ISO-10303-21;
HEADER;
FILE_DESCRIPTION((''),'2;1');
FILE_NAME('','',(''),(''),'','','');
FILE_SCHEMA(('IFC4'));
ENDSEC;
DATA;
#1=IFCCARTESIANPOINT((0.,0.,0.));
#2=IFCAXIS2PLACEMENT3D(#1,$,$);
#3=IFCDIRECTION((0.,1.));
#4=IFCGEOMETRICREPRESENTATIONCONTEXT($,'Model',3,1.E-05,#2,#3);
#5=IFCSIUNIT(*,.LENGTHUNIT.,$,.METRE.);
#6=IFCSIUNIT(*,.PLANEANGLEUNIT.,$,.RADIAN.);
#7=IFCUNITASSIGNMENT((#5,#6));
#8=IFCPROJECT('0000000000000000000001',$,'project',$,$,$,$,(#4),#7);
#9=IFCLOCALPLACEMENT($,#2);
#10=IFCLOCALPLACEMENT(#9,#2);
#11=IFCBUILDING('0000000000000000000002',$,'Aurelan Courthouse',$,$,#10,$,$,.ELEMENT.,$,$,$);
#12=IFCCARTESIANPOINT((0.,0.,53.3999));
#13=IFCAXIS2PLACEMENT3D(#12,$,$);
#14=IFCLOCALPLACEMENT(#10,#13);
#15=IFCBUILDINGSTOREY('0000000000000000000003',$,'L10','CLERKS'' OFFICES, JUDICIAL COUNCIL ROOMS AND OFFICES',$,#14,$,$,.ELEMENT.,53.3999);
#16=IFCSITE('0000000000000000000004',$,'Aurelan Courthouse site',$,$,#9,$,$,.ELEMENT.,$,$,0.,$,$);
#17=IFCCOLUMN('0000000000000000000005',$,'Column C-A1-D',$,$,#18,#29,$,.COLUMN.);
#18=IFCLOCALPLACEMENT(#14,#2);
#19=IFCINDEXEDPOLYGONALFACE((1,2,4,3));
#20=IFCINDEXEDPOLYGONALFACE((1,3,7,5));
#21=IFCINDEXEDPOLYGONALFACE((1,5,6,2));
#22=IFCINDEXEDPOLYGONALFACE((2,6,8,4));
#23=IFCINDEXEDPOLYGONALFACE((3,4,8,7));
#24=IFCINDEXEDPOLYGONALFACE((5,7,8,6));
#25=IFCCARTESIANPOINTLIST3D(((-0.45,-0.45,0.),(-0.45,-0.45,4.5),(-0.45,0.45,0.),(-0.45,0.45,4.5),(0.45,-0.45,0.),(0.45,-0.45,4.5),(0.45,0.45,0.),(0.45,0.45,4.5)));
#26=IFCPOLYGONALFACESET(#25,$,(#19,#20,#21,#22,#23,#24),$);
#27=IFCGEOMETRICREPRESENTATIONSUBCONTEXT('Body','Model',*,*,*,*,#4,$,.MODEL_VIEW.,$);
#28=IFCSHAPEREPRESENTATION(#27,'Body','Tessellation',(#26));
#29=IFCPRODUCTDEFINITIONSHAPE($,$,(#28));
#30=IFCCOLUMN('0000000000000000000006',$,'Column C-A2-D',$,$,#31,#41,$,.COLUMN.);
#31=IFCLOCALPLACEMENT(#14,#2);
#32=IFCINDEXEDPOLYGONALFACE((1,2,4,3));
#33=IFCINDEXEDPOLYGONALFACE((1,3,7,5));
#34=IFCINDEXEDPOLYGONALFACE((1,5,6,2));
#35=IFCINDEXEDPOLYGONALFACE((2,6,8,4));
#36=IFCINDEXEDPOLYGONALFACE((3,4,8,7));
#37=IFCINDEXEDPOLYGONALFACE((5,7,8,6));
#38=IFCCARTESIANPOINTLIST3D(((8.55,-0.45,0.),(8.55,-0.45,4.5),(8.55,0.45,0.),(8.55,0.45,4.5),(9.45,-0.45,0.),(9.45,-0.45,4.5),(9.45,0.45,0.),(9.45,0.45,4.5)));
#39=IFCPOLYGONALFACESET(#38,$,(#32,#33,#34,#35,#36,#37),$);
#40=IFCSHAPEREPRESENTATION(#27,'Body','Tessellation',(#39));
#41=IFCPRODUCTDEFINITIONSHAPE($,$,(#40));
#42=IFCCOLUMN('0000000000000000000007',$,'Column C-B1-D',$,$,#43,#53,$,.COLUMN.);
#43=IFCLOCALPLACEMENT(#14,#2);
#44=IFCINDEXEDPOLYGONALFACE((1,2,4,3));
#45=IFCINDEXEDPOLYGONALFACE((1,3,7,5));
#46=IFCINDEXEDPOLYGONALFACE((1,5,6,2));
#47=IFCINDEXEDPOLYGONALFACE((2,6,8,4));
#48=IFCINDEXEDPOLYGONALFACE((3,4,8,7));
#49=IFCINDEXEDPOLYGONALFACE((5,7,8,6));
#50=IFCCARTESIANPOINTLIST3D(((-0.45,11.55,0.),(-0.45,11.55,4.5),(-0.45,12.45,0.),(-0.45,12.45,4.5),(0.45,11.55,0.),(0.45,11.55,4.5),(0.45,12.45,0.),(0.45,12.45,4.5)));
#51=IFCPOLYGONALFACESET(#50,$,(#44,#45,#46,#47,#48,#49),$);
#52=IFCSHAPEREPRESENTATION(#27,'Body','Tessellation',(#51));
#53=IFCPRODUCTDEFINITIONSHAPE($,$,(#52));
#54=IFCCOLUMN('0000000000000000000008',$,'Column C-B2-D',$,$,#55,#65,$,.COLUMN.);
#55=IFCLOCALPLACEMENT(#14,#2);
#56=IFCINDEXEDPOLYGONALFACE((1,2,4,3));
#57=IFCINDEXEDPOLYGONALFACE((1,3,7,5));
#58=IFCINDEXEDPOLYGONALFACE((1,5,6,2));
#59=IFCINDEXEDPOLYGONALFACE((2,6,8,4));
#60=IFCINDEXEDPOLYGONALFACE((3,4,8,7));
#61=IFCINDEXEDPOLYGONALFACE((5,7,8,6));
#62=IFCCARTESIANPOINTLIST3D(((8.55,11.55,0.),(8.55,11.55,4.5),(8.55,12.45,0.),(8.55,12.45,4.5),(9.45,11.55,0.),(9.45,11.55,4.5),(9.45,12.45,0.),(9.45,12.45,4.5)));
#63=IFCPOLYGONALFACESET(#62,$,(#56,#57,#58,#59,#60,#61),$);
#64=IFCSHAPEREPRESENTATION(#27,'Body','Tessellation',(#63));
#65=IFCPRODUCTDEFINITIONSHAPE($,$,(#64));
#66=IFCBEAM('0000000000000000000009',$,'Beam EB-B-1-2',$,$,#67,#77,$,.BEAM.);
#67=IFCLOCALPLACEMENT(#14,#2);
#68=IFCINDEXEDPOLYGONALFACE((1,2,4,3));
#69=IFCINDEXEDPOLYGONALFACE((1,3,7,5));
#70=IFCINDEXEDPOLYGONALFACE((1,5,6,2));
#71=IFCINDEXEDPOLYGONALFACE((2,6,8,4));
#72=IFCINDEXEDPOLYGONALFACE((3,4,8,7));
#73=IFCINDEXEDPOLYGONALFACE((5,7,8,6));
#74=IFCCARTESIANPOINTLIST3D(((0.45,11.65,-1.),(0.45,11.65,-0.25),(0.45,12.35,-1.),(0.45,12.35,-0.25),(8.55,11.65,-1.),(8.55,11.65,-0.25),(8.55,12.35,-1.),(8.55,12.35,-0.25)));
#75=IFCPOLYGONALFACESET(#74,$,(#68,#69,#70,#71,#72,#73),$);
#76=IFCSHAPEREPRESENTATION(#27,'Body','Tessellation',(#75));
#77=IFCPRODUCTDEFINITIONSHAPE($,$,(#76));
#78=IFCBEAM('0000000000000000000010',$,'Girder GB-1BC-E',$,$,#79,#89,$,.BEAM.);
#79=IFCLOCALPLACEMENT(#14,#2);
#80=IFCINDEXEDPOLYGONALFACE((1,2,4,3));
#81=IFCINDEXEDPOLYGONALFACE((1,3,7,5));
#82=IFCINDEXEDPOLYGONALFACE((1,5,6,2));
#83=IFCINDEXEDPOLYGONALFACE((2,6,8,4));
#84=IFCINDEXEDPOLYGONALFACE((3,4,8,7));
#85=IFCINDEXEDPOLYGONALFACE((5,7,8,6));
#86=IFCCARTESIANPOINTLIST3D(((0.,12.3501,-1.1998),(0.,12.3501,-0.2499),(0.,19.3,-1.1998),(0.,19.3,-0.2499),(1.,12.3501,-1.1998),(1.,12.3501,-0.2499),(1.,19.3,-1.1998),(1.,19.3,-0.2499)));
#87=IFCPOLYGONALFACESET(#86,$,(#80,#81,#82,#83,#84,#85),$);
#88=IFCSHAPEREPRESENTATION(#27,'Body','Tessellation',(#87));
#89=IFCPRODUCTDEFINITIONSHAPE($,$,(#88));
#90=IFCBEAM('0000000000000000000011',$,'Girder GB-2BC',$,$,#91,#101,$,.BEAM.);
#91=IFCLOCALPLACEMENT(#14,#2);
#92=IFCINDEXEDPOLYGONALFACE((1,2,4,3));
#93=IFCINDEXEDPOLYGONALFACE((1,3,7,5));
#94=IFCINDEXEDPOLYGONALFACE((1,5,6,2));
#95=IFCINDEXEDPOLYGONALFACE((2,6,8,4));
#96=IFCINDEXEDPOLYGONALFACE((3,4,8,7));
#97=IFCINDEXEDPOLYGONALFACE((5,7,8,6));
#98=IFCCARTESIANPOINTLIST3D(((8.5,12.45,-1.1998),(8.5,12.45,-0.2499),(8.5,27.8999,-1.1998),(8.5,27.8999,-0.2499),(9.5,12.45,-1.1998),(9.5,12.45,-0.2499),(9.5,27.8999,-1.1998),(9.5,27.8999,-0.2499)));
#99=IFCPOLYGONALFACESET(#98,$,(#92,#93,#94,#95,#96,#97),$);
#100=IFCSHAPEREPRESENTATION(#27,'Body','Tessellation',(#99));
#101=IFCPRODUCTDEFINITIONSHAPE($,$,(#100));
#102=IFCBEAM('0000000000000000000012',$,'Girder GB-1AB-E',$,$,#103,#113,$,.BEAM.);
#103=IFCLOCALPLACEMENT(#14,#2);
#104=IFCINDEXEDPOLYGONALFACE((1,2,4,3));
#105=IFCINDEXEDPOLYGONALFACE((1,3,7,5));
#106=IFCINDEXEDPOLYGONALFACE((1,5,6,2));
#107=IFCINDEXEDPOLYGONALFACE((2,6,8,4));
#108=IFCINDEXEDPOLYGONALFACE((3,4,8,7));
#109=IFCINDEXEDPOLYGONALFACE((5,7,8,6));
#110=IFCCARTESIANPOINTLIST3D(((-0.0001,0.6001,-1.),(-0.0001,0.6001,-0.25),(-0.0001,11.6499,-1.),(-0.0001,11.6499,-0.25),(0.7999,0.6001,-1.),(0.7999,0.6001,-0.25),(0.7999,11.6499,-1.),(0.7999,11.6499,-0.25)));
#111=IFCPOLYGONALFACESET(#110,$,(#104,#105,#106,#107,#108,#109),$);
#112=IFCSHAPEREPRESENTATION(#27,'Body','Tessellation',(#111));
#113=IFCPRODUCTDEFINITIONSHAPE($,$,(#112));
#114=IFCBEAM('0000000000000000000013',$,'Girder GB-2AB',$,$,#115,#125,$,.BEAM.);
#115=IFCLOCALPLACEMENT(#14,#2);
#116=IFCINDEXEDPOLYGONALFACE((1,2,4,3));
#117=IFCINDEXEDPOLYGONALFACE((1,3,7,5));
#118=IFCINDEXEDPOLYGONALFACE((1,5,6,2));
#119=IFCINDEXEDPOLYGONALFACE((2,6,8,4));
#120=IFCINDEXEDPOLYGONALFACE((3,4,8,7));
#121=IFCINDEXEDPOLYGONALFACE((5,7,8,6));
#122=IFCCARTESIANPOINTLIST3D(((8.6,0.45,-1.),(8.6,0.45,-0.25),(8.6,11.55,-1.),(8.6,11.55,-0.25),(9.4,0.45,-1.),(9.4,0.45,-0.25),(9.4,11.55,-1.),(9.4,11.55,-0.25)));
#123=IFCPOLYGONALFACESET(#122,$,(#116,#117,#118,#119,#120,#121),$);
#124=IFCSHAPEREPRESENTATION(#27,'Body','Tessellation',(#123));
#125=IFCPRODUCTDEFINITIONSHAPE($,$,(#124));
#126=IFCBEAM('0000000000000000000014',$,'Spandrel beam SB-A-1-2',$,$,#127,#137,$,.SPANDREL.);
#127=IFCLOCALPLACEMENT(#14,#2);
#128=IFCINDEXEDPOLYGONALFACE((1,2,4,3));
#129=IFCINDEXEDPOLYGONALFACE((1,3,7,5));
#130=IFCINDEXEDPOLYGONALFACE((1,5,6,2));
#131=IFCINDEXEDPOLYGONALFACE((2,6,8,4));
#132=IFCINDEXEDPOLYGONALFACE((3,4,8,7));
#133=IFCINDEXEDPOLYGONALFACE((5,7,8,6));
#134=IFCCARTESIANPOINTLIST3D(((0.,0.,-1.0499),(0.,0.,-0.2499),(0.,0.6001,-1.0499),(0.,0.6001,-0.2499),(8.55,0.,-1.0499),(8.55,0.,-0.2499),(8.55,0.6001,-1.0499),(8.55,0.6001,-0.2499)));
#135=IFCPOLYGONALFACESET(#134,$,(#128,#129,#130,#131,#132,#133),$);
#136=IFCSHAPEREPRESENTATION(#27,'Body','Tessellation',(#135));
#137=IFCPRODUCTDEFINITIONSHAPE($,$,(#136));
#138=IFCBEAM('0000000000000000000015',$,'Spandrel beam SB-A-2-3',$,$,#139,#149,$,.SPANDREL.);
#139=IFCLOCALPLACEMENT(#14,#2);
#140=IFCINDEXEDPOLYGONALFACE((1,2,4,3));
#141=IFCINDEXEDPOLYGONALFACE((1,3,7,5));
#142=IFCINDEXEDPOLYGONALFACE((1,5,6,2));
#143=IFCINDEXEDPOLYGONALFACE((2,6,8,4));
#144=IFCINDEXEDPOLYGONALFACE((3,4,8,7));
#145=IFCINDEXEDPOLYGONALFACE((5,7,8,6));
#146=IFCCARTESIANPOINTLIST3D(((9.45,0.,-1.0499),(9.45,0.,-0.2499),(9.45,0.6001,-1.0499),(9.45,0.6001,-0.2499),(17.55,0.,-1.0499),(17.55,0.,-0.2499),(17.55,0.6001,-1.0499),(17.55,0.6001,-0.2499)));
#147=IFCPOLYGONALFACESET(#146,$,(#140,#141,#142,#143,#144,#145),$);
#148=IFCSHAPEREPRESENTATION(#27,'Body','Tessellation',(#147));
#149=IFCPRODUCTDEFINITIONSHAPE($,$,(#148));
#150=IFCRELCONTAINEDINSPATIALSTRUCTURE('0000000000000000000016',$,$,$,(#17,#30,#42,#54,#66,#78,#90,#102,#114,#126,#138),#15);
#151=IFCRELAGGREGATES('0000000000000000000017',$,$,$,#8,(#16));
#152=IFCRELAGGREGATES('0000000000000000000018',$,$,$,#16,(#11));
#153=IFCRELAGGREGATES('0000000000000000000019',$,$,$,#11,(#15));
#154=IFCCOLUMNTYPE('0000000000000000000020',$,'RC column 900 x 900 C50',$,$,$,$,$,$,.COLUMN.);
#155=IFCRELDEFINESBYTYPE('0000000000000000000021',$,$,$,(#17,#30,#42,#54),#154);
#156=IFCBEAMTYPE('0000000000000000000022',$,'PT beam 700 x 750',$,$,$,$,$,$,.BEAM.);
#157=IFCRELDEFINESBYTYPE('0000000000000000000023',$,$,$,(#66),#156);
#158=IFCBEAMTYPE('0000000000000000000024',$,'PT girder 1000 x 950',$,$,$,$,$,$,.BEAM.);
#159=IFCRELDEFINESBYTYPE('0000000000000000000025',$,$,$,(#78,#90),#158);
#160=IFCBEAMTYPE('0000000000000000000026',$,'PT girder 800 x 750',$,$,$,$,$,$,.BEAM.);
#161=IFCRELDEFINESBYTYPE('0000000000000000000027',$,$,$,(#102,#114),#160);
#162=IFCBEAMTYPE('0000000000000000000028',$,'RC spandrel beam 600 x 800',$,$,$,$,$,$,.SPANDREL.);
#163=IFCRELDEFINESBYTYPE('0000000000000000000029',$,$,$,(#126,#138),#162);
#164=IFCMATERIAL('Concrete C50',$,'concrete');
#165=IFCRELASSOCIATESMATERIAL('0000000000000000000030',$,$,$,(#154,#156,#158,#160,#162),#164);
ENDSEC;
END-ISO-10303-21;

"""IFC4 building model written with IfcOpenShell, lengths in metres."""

from ifc_helpers import new_model, si_unit, direction, frame, origin, origin_2d, place, context, subcontext, project, spatial, rectangle, extrude, material, material_profile, profile_set, type_object, element, save


model = new_model("IFC4")

# Units and contexts
model_context = context("Model", 3, precision=1e-05, world=origin(), true_north=direction((0.0, 1.0)))
body_context = subcontext(model_context, "Body", "Model", "MODEL_VIEW")
ifc_project = project(units=[si_unit("LENGTHUNIT", "METRE"), si_unit("PLANEANGLEUNIT", "RADIAN")], contexts=[model_context])

# Site, building, storey
site_placement = place(None, origin())
site = spatial("IfcSite", under=ifc_project, at=site_placement, Name="Aurelan Courthouse site", CompositionType="ELEMENT", RefElevation=0.0)
building_placement = place(site_placement, origin())
building = spatial("IfcBuilding", under=site, at=building_placement, Name="Aurelan Courthouse", CompositionType="ELEMENT")
storey_placement = place(building_placement, frame((0.0, 0.0, 53.3999)))
storey = spatial("IfcBuildingStorey", under=building, at=storey_placement, Name="L10", Description="CLERKS' OFFICES, JUDICIAL COUNCIL ROOMS AND OFFICES", CompositionType="ELEMENT", Elevation=53.3999)

# Columns
ifc_material_1 = material(Name="Concrete C50", Category="concrete")
ifc_material_profile_1 = material_profile(ifc_material_1, rectangle(XDim=0.8999, YDim=0.8999, at=origin_2d()), Name="RC 900 x 900")
ifc_profile_set_1 = profile_set([ifc_material_profile_1], Name="Concrete C50")
column_type = type_object("IfcColumnType", Name="RC column 900 x 900 C50", PredefinedType="COLUMN", material=ifc_profile_set_1)
for number, where, z_axis, x_axis, name in (
    (1, (0.0, 0.0, 0.0), (0.0, 0.0, 1.0), (1.0, 0.0, 0.0), "Column C-A1-D"),
    (2, (9.0, 0.0, 0.0), (0.0, 0.0, 1.0), (1.0, 0.0, 0.0), "Column C-A2-D"),
    (3, (0.0, 12.0, 0.0), (0.0, 0.0, 1.0), (1.0, 0.0, 0.0), "Column C-B1-D"),
    (4, (9.0, 12.0, 0.0), (0.0, 0.0, 1.0), (1.0, 0.0, 0.0), "Column C-B2-D"),
):
    element("IfcColumn", number, at=place(storey_placement, frame(where, z_axis=z_axis, x_axis=x_axis)), inside=storey, type_object=column_type, Name=name, PredefinedType="COLUMN", context=body_context, shape_type="SweptSolid", body=[
        extrude(rectangle(XDim=0.8999, YDim=0.8999, at=origin_2d()), origin(), (0.0, 0.0, 1.0), 4.5),
    ])

# Beams
ifc_material_profile_2 = material_profile(ifc_material_1, rectangle(XDim=0.7, YDim=0.75, at=origin_2d()), Name="RC 700 x 750")
ifc_profile_set_2 = profile_set([ifc_material_profile_2], Name="Concrete C50")
beam_type_1 = type_object("IfcBeamType", Name="PT beam 700 x 750", PredefinedType="BEAM", material=ifc_profile_set_2)
beam_1_placement = place(storey_placement, frame((0.45, 12.0, -0.625), z_axis=(1.0, 0.0, 0.0), x_axis=(0.0, 1.0, 0.0)))
element("IfcBeam", 5, at=beam_1_placement, inside=storey, type_object=beam_type_1, Name="Beam EB-B-1-2", PredefinedType="BEAM", context=body_context, shape_type="SweptSolid", body=[
    extrude(rectangle(XDim=0.7, YDim=0.75, at=origin_2d()), origin(), (0.0, 0.0, 1.0), 8.1001),
])
ifc_material_profile_3 = material_profile(ifc_material_1, rectangle(XDim=1.0, YDim=0.95, at=origin_2d()), Name="RC 1000 x 950")
ifc_profile_set_3 = profile_set([ifc_material_profile_3], Name="Concrete C50")
beam_type_2 = type_object("IfcBeamType", Name="PT girder 1000 x 950", PredefinedType="BEAM", material=ifc_profile_set_3)
beam_2_placement = place(storey_placement, frame((0.5, 12.3501, -0.7249), z_axis=(0.0, 1.0, 0.0), x_axis=(-1.0, 0.0, 0.0)))
element("IfcBeam", 6, at=beam_2_placement, inside=storey, type_object=beam_type_2, Name="Girder GB-1BC-E", PredefinedType="BEAM", context=body_context, shape_type="SweptSolid", body=[
    extrude(rectangle(XDim=1.0, YDim=0.95, at=origin_2d()), origin(), (0.0, 0.0, 1.0), 6.95),
])
beam_3_placement = place(storey_placement, frame((9.0, 12.45, -0.7249), z_axis=(0.0, 1.0, 0.0), x_axis=(-1.0, 0.0, 0.0)))
element("IfcBeam", 7, at=beam_3_placement, inside=storey, type_object=beam_type_2, Name="Girder GB-2BC", PredefinedType="BEAM", context=body_context, shape_type="SweptSolid", body=[
    extrude(rectangle(XDim=1.0, YDim=0.95, at=origin_2d()), origin(), (0.0, 0.0, 1.0), 15.45),
])
ifc_material_profile_4 = material_profile(ifc_material_1, rectangle(XDim=0.8, YDim=0.75, at=origin_2d()), Name="RC 800 x 750")
ifc_profile_set_4 = profile_set([ifc_material_profile_4], Name="Concrete C50")
beam_type_3 = type_object("IfcBeamType", Name="PT girder 800 x 750", PredefinedType="BEAM", material=ifc_profile_set_4)
beam_4_placement = place(storey_placement, frame((0.3999, 0.6001, -0.625), z_axis=(0.0, 1.0, 0.0), x_axis=(-1.0, 0.0, 0.0)))
element("IfcBeam", 8, at=beam_4_placement, inside=storey, type_object=beam_type_3, Name="Girder GB-1AB-E", PredefinedType="BEAM", context=body_context, shape_type="SweptSolid", body=[
    extrude(rectangle(XDim=0.8, YDim=0.75, at=origin_2d()), origin(), (0.0, 0.0, 1.0), 11.0498),
])
beam_5_placement = place(storey_placement, frame((9.0, 0.45, -0.625), z_axis=(0.0, 1.0, 0.0), x_axis=(-1.0, 0.0, 0.0)))
element("IfcBeam", 9, at=beam_5_placement, inside=storey, type_object=beam_type_3, Name="Girder GB-2AB", PredefinedType="BEAM", context=body_context, shape_type="SweptSolid", body=[
    extrude(rectangle(XDim=0.8, YDim=0.75, at=origin_2d()), origin(), (0.0, 0.0, 1.0), 11.1001),
])
ifc_material_profile_5 = material_profile(ifc_material_1, rectangle(XDim=0.6001, YDim=0.8, at=origin_2d()), Name="RC 600 x 800")
ifc_profile_set_5 = profile_set([ifc_material_profile_5], Name="Concrete C50")
beam_type_4 = type_object("IfcBeamType", Name="RC spandrel beam 600 x 800", PredefinedType="SPANDREL", material=ifc_profile_set_5)
beam_6_placement = place(storey_placement, frame((0.0, 0.3, -0.6499), z_axis=(1.0, 0.0, 0.0), x_axis=(0.0, 1.0, 0.0)))
element("IfcBeam", 10, at=beam_6_placement, inside=storey, type_object=beam_type_4, Name="Spandrel beam SB-A-1-2", PredefinedType="SPANDREL", context=body_context, shape_type="SweptSolid", body=[
    extrude(rectangle(XDim=0.6001, YDim=0.8, at=origin_2d()), origin(), (0.0, 0.0, 1.0), 8.55),
])
beam_7_placement = place(storey_placement, frame((9.45, 0.3, -0.6499), z_axis=(1.0, 0.0, 0.0), x_axis=(0.0, 1.0, 0.0)))
element("IfcBeam", 11, at=beam_7_placement, inside=storey, type_object=beam_type_4, Name="Spandrel beam SB-A-2-3", PredefinedType="SPANDREL", context=body_context, shape_type="SweptSolid", body=[
    extrude(rectangle(XDim=0.6001, YDim=0.8, at=origin_2d()), origin(), (0.0, 0.0, 1.0), 8.1001),
])

save(model, "model.ifc")
